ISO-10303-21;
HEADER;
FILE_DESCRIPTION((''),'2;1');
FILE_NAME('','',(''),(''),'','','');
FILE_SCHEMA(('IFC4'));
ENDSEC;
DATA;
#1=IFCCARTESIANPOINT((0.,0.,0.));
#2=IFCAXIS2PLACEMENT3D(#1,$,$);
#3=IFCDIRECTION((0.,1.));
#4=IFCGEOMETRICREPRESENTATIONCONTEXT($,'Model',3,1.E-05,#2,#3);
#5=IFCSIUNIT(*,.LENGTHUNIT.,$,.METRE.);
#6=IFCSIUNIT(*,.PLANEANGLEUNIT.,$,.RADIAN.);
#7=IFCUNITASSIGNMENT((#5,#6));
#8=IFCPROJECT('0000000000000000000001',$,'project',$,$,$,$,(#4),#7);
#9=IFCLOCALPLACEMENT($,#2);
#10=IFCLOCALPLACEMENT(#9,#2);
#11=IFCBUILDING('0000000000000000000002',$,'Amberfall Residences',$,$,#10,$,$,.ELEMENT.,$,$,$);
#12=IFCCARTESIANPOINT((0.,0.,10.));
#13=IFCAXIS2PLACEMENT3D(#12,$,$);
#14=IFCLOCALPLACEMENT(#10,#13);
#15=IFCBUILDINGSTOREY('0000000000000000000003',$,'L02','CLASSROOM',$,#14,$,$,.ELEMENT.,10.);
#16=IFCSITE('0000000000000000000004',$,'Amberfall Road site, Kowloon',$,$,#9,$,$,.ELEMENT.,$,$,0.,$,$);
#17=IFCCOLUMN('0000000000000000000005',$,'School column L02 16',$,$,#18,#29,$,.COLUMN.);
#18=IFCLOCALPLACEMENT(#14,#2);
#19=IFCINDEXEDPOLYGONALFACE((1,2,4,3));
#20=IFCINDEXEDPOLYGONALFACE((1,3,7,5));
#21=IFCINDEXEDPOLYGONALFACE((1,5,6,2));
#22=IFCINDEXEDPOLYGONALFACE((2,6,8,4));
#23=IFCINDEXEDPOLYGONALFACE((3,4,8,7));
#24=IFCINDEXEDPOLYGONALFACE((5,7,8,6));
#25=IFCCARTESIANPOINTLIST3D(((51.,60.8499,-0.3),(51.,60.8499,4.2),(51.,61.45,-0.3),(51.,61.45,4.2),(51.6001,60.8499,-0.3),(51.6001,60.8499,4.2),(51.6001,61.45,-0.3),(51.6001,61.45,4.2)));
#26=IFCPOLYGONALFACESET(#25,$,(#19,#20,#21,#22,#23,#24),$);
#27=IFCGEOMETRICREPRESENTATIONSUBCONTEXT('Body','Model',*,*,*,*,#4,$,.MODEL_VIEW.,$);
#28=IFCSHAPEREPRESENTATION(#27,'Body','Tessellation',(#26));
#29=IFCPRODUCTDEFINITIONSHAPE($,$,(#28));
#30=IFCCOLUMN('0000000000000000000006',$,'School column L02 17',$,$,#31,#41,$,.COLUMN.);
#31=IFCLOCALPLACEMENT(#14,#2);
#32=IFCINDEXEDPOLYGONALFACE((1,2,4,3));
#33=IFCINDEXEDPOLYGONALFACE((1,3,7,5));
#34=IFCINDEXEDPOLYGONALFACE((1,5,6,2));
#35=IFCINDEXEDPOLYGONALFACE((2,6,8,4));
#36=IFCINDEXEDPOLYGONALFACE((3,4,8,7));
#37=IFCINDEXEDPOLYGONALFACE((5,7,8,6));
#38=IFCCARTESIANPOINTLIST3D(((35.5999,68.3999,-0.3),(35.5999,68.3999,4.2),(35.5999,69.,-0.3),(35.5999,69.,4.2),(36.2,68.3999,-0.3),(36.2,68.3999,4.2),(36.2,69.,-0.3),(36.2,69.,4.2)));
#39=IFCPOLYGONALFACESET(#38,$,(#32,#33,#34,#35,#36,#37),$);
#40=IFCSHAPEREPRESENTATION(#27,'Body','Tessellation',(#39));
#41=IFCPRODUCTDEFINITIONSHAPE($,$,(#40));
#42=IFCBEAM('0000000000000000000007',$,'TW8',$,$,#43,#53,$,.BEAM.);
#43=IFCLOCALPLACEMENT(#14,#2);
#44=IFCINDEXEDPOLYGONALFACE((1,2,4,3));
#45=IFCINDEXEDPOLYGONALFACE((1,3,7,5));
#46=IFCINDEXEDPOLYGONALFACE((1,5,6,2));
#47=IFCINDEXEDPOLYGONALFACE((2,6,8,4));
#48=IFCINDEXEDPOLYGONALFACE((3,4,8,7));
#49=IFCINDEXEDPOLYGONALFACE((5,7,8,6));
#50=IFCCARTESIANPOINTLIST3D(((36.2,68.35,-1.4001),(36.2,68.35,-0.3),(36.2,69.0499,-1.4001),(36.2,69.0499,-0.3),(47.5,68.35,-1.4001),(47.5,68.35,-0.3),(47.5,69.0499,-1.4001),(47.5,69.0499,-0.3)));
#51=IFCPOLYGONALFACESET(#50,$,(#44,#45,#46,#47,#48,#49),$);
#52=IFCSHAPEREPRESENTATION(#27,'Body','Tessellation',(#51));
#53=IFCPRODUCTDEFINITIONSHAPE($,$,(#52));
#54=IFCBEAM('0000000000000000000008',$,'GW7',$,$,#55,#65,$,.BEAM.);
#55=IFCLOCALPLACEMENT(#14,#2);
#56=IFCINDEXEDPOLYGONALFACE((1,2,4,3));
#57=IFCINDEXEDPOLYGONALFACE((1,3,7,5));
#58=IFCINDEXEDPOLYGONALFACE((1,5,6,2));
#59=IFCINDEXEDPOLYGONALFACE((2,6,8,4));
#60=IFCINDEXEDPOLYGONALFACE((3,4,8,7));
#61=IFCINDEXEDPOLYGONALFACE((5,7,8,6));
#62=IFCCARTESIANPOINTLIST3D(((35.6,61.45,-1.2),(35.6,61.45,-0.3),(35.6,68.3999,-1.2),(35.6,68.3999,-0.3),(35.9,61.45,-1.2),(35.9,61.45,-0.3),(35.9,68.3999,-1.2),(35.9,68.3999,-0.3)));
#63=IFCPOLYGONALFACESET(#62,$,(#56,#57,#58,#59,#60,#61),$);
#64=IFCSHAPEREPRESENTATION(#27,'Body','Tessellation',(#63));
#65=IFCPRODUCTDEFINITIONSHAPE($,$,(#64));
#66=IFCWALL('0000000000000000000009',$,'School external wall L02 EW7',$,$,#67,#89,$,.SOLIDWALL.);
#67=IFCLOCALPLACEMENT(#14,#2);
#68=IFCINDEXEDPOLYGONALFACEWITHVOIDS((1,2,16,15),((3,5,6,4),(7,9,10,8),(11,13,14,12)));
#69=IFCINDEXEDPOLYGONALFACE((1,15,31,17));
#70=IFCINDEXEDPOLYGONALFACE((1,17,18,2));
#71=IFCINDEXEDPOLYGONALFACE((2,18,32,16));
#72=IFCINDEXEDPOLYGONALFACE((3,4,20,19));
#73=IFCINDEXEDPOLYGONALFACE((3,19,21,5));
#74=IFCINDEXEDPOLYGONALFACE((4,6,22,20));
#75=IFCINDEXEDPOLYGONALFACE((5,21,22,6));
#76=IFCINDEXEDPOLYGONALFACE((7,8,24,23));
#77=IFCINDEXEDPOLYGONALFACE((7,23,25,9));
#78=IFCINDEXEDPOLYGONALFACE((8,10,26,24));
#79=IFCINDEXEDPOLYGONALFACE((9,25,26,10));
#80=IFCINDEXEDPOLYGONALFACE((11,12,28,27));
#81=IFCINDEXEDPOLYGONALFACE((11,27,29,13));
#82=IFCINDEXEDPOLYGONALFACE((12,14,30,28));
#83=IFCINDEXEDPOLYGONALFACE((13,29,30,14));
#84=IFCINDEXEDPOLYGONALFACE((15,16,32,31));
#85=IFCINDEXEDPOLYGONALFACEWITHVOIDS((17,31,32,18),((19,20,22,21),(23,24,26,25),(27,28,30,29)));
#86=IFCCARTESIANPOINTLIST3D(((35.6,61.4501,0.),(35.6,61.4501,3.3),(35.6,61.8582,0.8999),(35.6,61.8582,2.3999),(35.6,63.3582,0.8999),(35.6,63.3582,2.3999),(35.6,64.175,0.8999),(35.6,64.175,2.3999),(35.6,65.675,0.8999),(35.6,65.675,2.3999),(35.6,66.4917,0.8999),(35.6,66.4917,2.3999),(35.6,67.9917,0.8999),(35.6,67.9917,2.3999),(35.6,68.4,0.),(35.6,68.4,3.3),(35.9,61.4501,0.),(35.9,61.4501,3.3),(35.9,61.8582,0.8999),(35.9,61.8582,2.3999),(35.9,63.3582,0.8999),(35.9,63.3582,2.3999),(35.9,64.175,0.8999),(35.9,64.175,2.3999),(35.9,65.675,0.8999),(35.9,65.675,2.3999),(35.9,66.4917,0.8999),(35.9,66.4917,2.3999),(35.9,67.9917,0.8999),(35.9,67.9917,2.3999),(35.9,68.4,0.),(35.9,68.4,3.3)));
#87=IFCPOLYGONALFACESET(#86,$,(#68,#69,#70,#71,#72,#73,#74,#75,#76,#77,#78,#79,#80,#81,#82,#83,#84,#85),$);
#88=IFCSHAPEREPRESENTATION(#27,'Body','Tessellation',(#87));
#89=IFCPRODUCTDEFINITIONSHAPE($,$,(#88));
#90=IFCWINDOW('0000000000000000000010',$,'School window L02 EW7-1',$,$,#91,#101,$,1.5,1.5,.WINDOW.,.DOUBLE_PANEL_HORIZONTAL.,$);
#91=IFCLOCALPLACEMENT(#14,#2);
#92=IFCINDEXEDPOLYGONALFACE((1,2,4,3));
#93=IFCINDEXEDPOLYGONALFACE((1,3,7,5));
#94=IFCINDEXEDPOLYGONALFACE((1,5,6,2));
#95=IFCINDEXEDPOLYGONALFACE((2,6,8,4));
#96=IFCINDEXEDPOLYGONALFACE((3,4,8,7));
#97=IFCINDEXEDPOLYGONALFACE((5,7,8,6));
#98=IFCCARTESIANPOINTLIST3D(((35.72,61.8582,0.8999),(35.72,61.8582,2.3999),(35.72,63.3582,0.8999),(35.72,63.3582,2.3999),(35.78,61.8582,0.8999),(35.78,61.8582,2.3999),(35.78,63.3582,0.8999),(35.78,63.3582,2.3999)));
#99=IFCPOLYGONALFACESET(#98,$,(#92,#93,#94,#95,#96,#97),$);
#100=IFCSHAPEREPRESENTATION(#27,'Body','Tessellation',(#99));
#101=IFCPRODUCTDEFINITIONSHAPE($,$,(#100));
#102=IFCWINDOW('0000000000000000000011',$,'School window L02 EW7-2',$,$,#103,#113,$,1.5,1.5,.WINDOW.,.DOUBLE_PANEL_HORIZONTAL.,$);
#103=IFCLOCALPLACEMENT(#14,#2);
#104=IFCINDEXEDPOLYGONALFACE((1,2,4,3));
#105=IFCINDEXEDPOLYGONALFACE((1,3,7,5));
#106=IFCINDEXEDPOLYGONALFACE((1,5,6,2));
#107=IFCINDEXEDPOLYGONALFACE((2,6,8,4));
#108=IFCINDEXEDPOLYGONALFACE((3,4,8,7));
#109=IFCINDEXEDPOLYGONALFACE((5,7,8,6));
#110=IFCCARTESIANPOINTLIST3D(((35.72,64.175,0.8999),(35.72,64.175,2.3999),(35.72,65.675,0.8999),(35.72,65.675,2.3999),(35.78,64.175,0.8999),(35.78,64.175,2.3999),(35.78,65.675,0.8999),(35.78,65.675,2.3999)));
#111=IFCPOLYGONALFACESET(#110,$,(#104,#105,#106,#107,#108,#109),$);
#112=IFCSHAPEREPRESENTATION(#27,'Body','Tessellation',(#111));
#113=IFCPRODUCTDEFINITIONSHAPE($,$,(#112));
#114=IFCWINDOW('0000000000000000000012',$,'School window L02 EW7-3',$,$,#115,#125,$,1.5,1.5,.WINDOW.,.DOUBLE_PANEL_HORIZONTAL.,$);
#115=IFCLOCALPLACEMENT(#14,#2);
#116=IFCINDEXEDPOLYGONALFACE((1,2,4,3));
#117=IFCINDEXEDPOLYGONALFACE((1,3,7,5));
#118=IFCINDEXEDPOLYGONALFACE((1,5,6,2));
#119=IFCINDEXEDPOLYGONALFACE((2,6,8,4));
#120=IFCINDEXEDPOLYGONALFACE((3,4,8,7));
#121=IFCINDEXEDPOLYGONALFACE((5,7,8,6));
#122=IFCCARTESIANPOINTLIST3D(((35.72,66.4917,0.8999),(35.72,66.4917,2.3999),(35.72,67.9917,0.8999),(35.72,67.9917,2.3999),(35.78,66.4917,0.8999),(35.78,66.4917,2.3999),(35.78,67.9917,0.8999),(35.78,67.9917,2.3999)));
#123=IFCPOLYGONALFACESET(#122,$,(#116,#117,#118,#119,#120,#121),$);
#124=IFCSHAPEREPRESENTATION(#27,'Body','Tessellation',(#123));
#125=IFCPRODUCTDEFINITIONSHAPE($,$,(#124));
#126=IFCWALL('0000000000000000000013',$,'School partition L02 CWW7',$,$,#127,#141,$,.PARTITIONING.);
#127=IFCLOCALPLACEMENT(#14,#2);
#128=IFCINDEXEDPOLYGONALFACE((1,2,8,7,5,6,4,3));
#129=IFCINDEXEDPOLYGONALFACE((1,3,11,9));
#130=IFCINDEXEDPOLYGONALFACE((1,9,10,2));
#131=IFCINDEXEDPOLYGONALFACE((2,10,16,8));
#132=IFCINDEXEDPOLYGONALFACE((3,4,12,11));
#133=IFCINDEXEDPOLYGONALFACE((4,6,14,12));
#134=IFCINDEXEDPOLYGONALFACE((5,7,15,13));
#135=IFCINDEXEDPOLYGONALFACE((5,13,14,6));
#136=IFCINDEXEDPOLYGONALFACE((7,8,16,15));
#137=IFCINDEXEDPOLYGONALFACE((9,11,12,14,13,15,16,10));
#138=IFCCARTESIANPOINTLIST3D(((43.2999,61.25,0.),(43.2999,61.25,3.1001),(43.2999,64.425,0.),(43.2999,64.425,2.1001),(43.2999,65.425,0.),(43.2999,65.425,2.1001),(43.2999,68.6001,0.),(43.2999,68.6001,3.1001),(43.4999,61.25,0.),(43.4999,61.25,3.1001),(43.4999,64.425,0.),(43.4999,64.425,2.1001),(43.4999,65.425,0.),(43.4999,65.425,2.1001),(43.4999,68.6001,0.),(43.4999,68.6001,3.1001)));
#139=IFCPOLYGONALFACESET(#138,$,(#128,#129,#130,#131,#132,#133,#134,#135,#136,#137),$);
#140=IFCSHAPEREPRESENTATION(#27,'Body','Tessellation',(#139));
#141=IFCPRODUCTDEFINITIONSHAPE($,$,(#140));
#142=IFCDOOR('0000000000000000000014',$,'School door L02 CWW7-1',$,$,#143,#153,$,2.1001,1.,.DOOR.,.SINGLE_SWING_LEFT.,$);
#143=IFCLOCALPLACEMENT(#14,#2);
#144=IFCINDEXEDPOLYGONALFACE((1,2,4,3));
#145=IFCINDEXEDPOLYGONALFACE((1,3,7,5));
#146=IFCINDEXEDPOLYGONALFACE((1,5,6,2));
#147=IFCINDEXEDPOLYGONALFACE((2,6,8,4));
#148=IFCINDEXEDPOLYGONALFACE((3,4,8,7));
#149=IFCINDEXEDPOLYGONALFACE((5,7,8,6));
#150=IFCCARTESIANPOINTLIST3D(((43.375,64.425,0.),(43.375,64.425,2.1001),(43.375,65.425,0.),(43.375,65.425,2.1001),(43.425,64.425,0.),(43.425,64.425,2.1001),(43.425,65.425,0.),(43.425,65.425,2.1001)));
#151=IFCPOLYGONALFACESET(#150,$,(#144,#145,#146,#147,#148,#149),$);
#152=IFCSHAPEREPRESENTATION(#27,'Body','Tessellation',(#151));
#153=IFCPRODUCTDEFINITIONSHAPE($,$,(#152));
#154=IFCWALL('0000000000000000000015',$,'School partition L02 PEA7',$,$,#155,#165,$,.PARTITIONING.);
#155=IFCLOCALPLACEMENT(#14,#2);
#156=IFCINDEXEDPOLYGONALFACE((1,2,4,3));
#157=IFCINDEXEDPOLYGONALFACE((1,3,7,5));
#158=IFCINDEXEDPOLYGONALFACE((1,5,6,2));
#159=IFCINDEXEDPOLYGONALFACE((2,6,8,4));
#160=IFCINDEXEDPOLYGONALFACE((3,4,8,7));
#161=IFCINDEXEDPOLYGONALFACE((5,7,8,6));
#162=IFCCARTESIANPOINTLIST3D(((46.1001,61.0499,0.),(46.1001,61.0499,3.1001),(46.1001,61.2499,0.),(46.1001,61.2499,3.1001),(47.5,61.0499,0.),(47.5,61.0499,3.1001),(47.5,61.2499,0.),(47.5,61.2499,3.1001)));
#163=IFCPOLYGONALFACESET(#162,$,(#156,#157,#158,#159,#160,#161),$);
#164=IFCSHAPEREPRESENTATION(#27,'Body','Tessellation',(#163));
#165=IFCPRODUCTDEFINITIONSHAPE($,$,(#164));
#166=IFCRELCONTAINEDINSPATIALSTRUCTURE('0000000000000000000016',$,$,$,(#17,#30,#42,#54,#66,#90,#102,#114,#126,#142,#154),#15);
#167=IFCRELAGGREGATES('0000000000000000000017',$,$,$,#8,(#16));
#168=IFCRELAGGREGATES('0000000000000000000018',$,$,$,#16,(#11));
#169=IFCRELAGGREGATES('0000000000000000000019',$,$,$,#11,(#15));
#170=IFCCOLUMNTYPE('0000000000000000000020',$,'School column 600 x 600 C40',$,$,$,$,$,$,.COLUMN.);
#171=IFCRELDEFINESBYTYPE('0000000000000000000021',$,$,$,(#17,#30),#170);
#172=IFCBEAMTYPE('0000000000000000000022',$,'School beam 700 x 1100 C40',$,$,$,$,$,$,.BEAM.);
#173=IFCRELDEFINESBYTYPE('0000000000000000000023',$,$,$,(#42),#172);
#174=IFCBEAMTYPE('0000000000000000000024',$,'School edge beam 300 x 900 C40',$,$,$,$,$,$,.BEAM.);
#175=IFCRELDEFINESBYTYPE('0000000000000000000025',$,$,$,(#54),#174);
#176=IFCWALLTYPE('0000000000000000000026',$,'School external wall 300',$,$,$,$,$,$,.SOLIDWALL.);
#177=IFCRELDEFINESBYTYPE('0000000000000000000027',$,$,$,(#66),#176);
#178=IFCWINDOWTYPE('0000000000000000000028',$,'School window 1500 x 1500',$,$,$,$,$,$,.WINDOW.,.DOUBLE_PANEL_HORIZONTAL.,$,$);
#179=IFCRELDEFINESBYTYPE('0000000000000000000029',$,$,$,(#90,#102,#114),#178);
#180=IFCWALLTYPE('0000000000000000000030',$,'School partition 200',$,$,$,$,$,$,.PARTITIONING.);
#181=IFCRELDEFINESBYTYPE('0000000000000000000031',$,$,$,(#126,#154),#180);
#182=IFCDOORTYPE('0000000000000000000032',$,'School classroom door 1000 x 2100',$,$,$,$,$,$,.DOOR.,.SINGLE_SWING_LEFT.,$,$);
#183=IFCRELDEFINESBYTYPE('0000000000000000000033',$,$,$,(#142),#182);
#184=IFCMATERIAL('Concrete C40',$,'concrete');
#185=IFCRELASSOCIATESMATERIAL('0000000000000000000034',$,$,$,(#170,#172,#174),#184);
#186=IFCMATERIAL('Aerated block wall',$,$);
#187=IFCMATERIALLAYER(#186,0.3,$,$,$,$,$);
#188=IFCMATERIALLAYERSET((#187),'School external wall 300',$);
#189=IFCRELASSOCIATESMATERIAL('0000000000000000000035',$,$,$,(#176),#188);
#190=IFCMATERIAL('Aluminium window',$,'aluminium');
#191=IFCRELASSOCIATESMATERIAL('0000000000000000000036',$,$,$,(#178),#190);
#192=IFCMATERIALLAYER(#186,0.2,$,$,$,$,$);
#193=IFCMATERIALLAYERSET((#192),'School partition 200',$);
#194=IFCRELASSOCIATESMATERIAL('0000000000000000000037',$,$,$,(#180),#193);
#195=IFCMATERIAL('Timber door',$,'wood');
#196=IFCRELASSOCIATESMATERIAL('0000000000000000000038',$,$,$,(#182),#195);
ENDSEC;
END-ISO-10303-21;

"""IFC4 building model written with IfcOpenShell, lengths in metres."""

from ifc_helpers import new_model, si_unit, direction, frame, frame_2d, origin, origin_2d, place, context, subcontext, project, spatial, rectangle, extrude, material, layer, layer_set, material_profile, profile_set, type_object, element, fill, save


model = new_model("IFC4")

# Units and contexts
model_context = context("Model", 3, precision=1e-05, world=origin(), true_north=direction((0.0, 1.0)))
body_context = subcontext(model_context, "Body", "Model", "MODEL_VIEW")
ifc_project = project(units=[si_unit("LENGTHUNIT", "METRE"), si_unit("PLANEANGLEUNIT", "RADIAN")], contexts=[model_context])

# Site, building, storey
site_placement = place(None, origin())
site = spatial("IfcSite", under=ifc_project, at=site_placement, Name="Amberfall Road site, Kowloon", CompositionType="ELEMENT", RefElevation=0.0)
building_placement = place(site_placement, origin())
building = spatial("IfcBuilding", under=site, at=building_placement, Name="Amberfall Residences", CompositionType="ELEMENT")
storey_placement = place(building_placement, frame((0.0, 0.0, 10.0)))
storey = spatial("IfcBuildingStorey", under=building, at=storey_placement, Name="L02", Description="CLASSROOM", CompositionType="ELEMENT", Elevation=10.0)

# Columns
ifc_material_1 = material(Name="Concrete C40", Category="concrete")
ifc_material_profile_1 = material_profile(ifc_material_1, rectangle(XDim=0.6001, YDim=0.6001, at=origin_2d()), Name="School column 600 x 600 C40")
ifc_profile_set_1 = profile_set([ifc_material_profile_1], Name="Concrete C40")
column_type = type_object("IfcColumnType", Name="School column 600 x 600 C40", PredefinedType="COLUMN", material=ifc_profile_set_1)
for number, where, z_axis, x_axis, name in (
    (1, (51.3, 61.1499, -0.3), (0.0, 0.0, 1.0), (1.0, 0.0, 0.0), "School column L02 16"),
    (2, (35.8999, 68.7, -0.3), (0.0, 0.0, 1.0), (1.0, 0.0, 0.0), "School column L02 17"),
):
    element("IfcColumn", number, at=place(storey_placement, frame(where, z_axis=z_axis, x_axis=x_axis)), inside=storey, type_object=column_type, Name=name, PredefinedType="COLUMN", context=body_context, shape_type="SweptSolid", body=[
        extrude(rectangle(XDim=0.6001, YDim=0.6001, at=origin_2d()), origin(), (0.0, 0.0, 1.0), 4.5),
    ])

# Beams
ifc_material_profile_2 = material_profile(ifc_material_1, rectangle(XDim=0.7, YDim=1.1001, at=origin_2d()), Name="School beam 700 x 1100 C40")
ifc_profile_set_2 = profile_set([ifc_material_profile_2], Name="Concrete C40")
beam_type_1 = type_object("IfcBeamType", Name="School beam 700 x 1100 C40", PredefinedType="BEAM", material=ifc_profile_set_2)
beam_1_placement = place(storey_placement, frame((36.2, 68.7, -0.8501), z_axis=(1.0, 0.0, 0.0), x_axis=(0.0, 1.0, 0.0)))
element("IfcBeam", 3, at=beam_1_placement, inside=storey, type_object=beam_type_1, Name="TW8", PredefinedType="BEAM", context=body_context, shape_type="SweptSolid", body=[
    extrude(rectangle(XDim=0.7, YDim=1.1001, at=origin_2d()), origin(), (0.0, 0.0, 1.0), 11.3),
])
ifc_material_profile_3 = material_profile(ifc_material_1, rectangle(XDim=0.3, YDim=0.8999, at=origin_2d()), Name="School edge beam 300 x 900 C40")
ifc_profile_set_3 = profile_set([ifc_material_profile_3], Name="Concrete C40")
beam_type_2 = type_object("IfcBeamType", Name="School edge beam 300 x 900 C40", PredefinedType="BEAM", material=ifc_profile_set_3)
beam_2_placement = place(storey_placement, frame((35.75, 61.45, -0.75), z_axis=(0.0, 1.0, 0.0), x_axis=(-1.0, 0.0, 0.0)))
element("IfcBeam", 4, at=beam_2_placement, inside=storey, type_object=beam_type_2, Name="GW7", PredefinedType="BEAM", context=body_context, shape_type="SweptSolid", body=[
    extrude(rectangle(XDim=0.3, YDim=0.8999, at=origin_2d()), origin(), (0.0, 0.0, 1.0), 6.95),
])

# Wall, openings, windows
ifc_material_2 = material(Name="Aerated block wall")
ifc_layer_1 = layer(ifc_material_2, 0.3)
ifc_layer_set_1 = layer_set([ifc_layer_1], Name="School external wall 300")
wall_type_1 = type_object("IfcWallType", Name="School external wall 300", PredefinedType="SOLIDWALL", material=ifc_layer_set_1)
wall_1_placement = place(storey_placement, frame((35.75, 61.45, 0.0), z_axis=(0.0, 0.0, 1.0), x_axis=(0.0, 1.0, 0.0)))
wall_1 = element("IfcWall", 5, at=wall_1_placement, inside=storey, type_object=wall_type_1, Name="School external wall L02 EW7", PredefinedType="SOLIDWALL", context=body_context, shape_type="SweptSolid", body=[
    extrude(rectangle(XDim=6.95, YDim=0.3, at=frame_2d((3.4751, 0.0))), origin(), (0.0, 0.0, 1.0), 3.3),
])
opening_1_placement = place(wall_1_placement, frame((0.4082, 0.0, 0.8999)))
opening_1 = element("IfcOpeningElement", 6, at=opening_1_placement, cuts=wall_1, PredefinedType="OPENING", context=body_context, shape_type="SweptSolid", body=[
    extrude(rectangle(XDim=1.5, YDim=1.5, at=frame_2d((0.75, 0.75))), frame((0.0, 0.1599, 0.0), z_axis=(0.0, -1.0, 0.0), x_axis=(1.0, 0.0, 0.0)), (0.0, 0.0, 1.0), 0.3201),
])
opening_2_placement = place(wall_1_placement, frame((2.7251, 0.0, 0.8999)))
opening_2 = element("IfcOpeningElement", 7, at=opening_2_placement, cuts=wall_1, PredefinedType="OPENING", context=body_context, shape_type="SweptSolid", body=[
    extrude(rectangle(XDim=1.5, YDim=1.5, at=frame_2d((0.75, 0.75))), frame((0.0, 0.1599, 0.0), z_axis=(0.0, -1.0, 0.0), x_axis=(1.0, 0.0, 0.0)), (0.0, 0.0, 1.0), 0.3201),
])
opening_3_placement = place(wall_1_placement, frame((5.0417, 0.0, 0.8999)))
opening_3 = element("IfcOpeningElement", 8, at=opening_3_placement, cuts=wall_1, PredefinedType="OPENING", context=body_context, shape_type="SweptSolid", body=[
    extrude(rectangle(XDim=1.5, YDim=1.5, at=frame_2d((0.75, 0.75))), frame((0.0, 0.1599, 0.0), z_axis=(0.0, -1.0, 0.0), x_axis=(1.0, 0.0, 0.0)), (0.0, 0.0, 1.0), 0.3201),
])
ifc_material_3 = material(Name="Aluminium window", Category="aluminium")
window_type = type_object("IfcWindowType", Name="School window 1500 x 1500", PartitioningType="DOUBLE_PANEL_HORIZONTAL", PredefinedType="WINDOW", material=ifc_material_3)
window_1_placement = place(opening_1_placement, origin())
window_1 = element("IfcWindow", 9, at=window_1_placement, inside=storey, type_object=window_type, Name="School window L02 EW7-1", OverallHeight=1.5, OverallWidth=1.5, PartitioningType="DOUBLE_PANEL_HORIZONTAL", PredefinedType="WINDOW", context=body_context, shape_type="SweptSolid", body=[
    extrude(rectangle(XDim=1.5, YDim=1.5, at=frame_2d((0.75, 0.75))), frame((0.0, 0.03, 0.0), z_axis=(0.0, -1.0, 0.0), x_axis=(1.0, 0.0, 0.0)), (0.0, 0.0, 1.0), 0.0601),
])
fill(opening_1, window_1)
window_2_placement = place(opening_2_placement, origin())
window_2 = element("IfcWindow", 10, at=window_2_placement, inside=storey, type_object=window_type, Name="School window L02 EW7-2", OverallHeight=1.5, OverallWidth=1.5, PartitioningType="DOUBLE_PANEL_HORIZONTAL", PredefinedType="WINDOW", context=body_context, shape_type="SweptSolid", body=[
    extrude(rectangle(XDim=1.5, YDim=1.5, at=frame_2d((0.75, 0.75))), frame((0.0, 0.03, 0.0), z_axis=(0.0, -1.0, 0.0), x_axis=(1.0, 0.0, 0.0)), (0.0, 0.0, 1.0), 0.0601),
])
fill(opening_2, window_2)
window_3_placement = place(opening_3_placement, origin())
window_3 = element("IfcWindow", 11, at=window_3_placement, inside=storey, type_object=window_type, Name="School window L02 EW7-3", OverallHeight=1.5, OverallWidth=1.5, PartitioningType="DOUBLE_PANEL_HORIZONTAL", PredefinedType="WINDOW", context=body_context, shape_type="SweptSolid", body=[
    extrude(rectangle(XDim=1.5, YDim=1.5, at=frame_2d((0.75, 0.75))), frame((0.0, 0.03, 0.0), z_axis=(0.0, -1.0, 0.0), x_axis=(1.0, 0.0, 0.0)), (0.0, 0.0, 1.0), 0.0601),
])
fill(opening_3, window_3)

# Wall, opening, door
ifc_layer_2 = layer(ifc_material_2, 0.2)
ifc_layer_set_2 = layer_set([ifc_layer_2], Name="School partition 200")
wall_type_2 = type_object("IfcWallType", Name="School partition 200", PredefinedType="PARTITIONING", material=ifc_layer_set_2)
wall_2_placement = place(storey_placement, frame((43.3999, 61.25, 0.0), z_axis=(0.0, 0.0, 1.0), x_axis=(0.0, 1.0, 0.0)))
wall_2 = element("IfcWall", 12, at=wall_2_placement, inside=storey, type_object=wall_type_2, Name="School partition L02 CWW7", PredefinedType="PARTITIONING", context=body_context, shape_type="SweptSolid", body=[
    extrude(rectangle(XDim=7.3501, YDim=0.2, at=frame_2d((3.675, 0.0))), origin(), (0.0, 0.0, 1.0), 3.1001),
])
opening_4_placement = place(wall_2_placement, frame((3.175, 0.0, 0.0)))
opening_4 = element("IfcOpeningElement", 13, at=opening_4_placement, cuts=wall_2, PredefinedType="OPENING", context=body_context, shape_type="SweptSolid", body=[
    extrude(rectangle(XDim=1.0, YDim=2.1001, at=frame_2d((0.5, 1.05))), frame((0.0, 0.1099, 0.0), z_axis=(0.0, -1.0, 0.0), x_axis=(1.0, 0.0, 0.0)), (0.0, 0.0, 1.0), 0.22),
])
ifc_material_4 = material(Name="Timber door", Category="wood")
door_type_1 = type_object("IfcDoorType", Name="School classroom door 1000 x 2100", OperationType="SINGLE_SWING_LEFT", PredefinedType="DOOR", material=ifc_material_4)
door_1_placement = place(opening_4_placement, origin())
door_1 = element("IfcDoor", 14, at=door_1_placement, inside=storey, type_object=door_type_1, Name="School door L02 CWW7-1", OperationType="SINGLE_SWING_LEFT", OverallHeight=2.1001, OverallWidth=1.0, PredefinedType="DOOR", context=body_context, shape_type="SweptSolid", body=[
    extrude(rectangle(XDim=1.0, YDim=2.1001, at=frame_2d((0.5, 1.05))), frame((0.0, 0.0249, 0.0), z_axis=(0.0, -1.0, 0.0), x_axis=(1.0, 0.0, 0.0)), (0.0, 0.0, 1.0), 0.05),
])
fill(opening_4, door_1)

# Wall
wall_3_placement = place(storey_placement, frame((46.1001, 61.1499, 0.0), z_axis=(0.0, 0.0, 1.0), x_axis=(1.0, 0.0, 0.0)))
element("IfcWall", 15, at=wall_3_placement, inside=storey, type_object=wall_type_2, Name="School partition L02 PEA7", PredefinedType="PARTITIONING", context=body_context, shape_type="SweptSolid", body=[
    extrude(rectangle(XDim=1.3999, YDim=0.2, at=frame_2d((0.7, 0.0))), origin(), (0.0, 0.0, 1.0), 3.1001),
])

save(model, "model.ifc")
